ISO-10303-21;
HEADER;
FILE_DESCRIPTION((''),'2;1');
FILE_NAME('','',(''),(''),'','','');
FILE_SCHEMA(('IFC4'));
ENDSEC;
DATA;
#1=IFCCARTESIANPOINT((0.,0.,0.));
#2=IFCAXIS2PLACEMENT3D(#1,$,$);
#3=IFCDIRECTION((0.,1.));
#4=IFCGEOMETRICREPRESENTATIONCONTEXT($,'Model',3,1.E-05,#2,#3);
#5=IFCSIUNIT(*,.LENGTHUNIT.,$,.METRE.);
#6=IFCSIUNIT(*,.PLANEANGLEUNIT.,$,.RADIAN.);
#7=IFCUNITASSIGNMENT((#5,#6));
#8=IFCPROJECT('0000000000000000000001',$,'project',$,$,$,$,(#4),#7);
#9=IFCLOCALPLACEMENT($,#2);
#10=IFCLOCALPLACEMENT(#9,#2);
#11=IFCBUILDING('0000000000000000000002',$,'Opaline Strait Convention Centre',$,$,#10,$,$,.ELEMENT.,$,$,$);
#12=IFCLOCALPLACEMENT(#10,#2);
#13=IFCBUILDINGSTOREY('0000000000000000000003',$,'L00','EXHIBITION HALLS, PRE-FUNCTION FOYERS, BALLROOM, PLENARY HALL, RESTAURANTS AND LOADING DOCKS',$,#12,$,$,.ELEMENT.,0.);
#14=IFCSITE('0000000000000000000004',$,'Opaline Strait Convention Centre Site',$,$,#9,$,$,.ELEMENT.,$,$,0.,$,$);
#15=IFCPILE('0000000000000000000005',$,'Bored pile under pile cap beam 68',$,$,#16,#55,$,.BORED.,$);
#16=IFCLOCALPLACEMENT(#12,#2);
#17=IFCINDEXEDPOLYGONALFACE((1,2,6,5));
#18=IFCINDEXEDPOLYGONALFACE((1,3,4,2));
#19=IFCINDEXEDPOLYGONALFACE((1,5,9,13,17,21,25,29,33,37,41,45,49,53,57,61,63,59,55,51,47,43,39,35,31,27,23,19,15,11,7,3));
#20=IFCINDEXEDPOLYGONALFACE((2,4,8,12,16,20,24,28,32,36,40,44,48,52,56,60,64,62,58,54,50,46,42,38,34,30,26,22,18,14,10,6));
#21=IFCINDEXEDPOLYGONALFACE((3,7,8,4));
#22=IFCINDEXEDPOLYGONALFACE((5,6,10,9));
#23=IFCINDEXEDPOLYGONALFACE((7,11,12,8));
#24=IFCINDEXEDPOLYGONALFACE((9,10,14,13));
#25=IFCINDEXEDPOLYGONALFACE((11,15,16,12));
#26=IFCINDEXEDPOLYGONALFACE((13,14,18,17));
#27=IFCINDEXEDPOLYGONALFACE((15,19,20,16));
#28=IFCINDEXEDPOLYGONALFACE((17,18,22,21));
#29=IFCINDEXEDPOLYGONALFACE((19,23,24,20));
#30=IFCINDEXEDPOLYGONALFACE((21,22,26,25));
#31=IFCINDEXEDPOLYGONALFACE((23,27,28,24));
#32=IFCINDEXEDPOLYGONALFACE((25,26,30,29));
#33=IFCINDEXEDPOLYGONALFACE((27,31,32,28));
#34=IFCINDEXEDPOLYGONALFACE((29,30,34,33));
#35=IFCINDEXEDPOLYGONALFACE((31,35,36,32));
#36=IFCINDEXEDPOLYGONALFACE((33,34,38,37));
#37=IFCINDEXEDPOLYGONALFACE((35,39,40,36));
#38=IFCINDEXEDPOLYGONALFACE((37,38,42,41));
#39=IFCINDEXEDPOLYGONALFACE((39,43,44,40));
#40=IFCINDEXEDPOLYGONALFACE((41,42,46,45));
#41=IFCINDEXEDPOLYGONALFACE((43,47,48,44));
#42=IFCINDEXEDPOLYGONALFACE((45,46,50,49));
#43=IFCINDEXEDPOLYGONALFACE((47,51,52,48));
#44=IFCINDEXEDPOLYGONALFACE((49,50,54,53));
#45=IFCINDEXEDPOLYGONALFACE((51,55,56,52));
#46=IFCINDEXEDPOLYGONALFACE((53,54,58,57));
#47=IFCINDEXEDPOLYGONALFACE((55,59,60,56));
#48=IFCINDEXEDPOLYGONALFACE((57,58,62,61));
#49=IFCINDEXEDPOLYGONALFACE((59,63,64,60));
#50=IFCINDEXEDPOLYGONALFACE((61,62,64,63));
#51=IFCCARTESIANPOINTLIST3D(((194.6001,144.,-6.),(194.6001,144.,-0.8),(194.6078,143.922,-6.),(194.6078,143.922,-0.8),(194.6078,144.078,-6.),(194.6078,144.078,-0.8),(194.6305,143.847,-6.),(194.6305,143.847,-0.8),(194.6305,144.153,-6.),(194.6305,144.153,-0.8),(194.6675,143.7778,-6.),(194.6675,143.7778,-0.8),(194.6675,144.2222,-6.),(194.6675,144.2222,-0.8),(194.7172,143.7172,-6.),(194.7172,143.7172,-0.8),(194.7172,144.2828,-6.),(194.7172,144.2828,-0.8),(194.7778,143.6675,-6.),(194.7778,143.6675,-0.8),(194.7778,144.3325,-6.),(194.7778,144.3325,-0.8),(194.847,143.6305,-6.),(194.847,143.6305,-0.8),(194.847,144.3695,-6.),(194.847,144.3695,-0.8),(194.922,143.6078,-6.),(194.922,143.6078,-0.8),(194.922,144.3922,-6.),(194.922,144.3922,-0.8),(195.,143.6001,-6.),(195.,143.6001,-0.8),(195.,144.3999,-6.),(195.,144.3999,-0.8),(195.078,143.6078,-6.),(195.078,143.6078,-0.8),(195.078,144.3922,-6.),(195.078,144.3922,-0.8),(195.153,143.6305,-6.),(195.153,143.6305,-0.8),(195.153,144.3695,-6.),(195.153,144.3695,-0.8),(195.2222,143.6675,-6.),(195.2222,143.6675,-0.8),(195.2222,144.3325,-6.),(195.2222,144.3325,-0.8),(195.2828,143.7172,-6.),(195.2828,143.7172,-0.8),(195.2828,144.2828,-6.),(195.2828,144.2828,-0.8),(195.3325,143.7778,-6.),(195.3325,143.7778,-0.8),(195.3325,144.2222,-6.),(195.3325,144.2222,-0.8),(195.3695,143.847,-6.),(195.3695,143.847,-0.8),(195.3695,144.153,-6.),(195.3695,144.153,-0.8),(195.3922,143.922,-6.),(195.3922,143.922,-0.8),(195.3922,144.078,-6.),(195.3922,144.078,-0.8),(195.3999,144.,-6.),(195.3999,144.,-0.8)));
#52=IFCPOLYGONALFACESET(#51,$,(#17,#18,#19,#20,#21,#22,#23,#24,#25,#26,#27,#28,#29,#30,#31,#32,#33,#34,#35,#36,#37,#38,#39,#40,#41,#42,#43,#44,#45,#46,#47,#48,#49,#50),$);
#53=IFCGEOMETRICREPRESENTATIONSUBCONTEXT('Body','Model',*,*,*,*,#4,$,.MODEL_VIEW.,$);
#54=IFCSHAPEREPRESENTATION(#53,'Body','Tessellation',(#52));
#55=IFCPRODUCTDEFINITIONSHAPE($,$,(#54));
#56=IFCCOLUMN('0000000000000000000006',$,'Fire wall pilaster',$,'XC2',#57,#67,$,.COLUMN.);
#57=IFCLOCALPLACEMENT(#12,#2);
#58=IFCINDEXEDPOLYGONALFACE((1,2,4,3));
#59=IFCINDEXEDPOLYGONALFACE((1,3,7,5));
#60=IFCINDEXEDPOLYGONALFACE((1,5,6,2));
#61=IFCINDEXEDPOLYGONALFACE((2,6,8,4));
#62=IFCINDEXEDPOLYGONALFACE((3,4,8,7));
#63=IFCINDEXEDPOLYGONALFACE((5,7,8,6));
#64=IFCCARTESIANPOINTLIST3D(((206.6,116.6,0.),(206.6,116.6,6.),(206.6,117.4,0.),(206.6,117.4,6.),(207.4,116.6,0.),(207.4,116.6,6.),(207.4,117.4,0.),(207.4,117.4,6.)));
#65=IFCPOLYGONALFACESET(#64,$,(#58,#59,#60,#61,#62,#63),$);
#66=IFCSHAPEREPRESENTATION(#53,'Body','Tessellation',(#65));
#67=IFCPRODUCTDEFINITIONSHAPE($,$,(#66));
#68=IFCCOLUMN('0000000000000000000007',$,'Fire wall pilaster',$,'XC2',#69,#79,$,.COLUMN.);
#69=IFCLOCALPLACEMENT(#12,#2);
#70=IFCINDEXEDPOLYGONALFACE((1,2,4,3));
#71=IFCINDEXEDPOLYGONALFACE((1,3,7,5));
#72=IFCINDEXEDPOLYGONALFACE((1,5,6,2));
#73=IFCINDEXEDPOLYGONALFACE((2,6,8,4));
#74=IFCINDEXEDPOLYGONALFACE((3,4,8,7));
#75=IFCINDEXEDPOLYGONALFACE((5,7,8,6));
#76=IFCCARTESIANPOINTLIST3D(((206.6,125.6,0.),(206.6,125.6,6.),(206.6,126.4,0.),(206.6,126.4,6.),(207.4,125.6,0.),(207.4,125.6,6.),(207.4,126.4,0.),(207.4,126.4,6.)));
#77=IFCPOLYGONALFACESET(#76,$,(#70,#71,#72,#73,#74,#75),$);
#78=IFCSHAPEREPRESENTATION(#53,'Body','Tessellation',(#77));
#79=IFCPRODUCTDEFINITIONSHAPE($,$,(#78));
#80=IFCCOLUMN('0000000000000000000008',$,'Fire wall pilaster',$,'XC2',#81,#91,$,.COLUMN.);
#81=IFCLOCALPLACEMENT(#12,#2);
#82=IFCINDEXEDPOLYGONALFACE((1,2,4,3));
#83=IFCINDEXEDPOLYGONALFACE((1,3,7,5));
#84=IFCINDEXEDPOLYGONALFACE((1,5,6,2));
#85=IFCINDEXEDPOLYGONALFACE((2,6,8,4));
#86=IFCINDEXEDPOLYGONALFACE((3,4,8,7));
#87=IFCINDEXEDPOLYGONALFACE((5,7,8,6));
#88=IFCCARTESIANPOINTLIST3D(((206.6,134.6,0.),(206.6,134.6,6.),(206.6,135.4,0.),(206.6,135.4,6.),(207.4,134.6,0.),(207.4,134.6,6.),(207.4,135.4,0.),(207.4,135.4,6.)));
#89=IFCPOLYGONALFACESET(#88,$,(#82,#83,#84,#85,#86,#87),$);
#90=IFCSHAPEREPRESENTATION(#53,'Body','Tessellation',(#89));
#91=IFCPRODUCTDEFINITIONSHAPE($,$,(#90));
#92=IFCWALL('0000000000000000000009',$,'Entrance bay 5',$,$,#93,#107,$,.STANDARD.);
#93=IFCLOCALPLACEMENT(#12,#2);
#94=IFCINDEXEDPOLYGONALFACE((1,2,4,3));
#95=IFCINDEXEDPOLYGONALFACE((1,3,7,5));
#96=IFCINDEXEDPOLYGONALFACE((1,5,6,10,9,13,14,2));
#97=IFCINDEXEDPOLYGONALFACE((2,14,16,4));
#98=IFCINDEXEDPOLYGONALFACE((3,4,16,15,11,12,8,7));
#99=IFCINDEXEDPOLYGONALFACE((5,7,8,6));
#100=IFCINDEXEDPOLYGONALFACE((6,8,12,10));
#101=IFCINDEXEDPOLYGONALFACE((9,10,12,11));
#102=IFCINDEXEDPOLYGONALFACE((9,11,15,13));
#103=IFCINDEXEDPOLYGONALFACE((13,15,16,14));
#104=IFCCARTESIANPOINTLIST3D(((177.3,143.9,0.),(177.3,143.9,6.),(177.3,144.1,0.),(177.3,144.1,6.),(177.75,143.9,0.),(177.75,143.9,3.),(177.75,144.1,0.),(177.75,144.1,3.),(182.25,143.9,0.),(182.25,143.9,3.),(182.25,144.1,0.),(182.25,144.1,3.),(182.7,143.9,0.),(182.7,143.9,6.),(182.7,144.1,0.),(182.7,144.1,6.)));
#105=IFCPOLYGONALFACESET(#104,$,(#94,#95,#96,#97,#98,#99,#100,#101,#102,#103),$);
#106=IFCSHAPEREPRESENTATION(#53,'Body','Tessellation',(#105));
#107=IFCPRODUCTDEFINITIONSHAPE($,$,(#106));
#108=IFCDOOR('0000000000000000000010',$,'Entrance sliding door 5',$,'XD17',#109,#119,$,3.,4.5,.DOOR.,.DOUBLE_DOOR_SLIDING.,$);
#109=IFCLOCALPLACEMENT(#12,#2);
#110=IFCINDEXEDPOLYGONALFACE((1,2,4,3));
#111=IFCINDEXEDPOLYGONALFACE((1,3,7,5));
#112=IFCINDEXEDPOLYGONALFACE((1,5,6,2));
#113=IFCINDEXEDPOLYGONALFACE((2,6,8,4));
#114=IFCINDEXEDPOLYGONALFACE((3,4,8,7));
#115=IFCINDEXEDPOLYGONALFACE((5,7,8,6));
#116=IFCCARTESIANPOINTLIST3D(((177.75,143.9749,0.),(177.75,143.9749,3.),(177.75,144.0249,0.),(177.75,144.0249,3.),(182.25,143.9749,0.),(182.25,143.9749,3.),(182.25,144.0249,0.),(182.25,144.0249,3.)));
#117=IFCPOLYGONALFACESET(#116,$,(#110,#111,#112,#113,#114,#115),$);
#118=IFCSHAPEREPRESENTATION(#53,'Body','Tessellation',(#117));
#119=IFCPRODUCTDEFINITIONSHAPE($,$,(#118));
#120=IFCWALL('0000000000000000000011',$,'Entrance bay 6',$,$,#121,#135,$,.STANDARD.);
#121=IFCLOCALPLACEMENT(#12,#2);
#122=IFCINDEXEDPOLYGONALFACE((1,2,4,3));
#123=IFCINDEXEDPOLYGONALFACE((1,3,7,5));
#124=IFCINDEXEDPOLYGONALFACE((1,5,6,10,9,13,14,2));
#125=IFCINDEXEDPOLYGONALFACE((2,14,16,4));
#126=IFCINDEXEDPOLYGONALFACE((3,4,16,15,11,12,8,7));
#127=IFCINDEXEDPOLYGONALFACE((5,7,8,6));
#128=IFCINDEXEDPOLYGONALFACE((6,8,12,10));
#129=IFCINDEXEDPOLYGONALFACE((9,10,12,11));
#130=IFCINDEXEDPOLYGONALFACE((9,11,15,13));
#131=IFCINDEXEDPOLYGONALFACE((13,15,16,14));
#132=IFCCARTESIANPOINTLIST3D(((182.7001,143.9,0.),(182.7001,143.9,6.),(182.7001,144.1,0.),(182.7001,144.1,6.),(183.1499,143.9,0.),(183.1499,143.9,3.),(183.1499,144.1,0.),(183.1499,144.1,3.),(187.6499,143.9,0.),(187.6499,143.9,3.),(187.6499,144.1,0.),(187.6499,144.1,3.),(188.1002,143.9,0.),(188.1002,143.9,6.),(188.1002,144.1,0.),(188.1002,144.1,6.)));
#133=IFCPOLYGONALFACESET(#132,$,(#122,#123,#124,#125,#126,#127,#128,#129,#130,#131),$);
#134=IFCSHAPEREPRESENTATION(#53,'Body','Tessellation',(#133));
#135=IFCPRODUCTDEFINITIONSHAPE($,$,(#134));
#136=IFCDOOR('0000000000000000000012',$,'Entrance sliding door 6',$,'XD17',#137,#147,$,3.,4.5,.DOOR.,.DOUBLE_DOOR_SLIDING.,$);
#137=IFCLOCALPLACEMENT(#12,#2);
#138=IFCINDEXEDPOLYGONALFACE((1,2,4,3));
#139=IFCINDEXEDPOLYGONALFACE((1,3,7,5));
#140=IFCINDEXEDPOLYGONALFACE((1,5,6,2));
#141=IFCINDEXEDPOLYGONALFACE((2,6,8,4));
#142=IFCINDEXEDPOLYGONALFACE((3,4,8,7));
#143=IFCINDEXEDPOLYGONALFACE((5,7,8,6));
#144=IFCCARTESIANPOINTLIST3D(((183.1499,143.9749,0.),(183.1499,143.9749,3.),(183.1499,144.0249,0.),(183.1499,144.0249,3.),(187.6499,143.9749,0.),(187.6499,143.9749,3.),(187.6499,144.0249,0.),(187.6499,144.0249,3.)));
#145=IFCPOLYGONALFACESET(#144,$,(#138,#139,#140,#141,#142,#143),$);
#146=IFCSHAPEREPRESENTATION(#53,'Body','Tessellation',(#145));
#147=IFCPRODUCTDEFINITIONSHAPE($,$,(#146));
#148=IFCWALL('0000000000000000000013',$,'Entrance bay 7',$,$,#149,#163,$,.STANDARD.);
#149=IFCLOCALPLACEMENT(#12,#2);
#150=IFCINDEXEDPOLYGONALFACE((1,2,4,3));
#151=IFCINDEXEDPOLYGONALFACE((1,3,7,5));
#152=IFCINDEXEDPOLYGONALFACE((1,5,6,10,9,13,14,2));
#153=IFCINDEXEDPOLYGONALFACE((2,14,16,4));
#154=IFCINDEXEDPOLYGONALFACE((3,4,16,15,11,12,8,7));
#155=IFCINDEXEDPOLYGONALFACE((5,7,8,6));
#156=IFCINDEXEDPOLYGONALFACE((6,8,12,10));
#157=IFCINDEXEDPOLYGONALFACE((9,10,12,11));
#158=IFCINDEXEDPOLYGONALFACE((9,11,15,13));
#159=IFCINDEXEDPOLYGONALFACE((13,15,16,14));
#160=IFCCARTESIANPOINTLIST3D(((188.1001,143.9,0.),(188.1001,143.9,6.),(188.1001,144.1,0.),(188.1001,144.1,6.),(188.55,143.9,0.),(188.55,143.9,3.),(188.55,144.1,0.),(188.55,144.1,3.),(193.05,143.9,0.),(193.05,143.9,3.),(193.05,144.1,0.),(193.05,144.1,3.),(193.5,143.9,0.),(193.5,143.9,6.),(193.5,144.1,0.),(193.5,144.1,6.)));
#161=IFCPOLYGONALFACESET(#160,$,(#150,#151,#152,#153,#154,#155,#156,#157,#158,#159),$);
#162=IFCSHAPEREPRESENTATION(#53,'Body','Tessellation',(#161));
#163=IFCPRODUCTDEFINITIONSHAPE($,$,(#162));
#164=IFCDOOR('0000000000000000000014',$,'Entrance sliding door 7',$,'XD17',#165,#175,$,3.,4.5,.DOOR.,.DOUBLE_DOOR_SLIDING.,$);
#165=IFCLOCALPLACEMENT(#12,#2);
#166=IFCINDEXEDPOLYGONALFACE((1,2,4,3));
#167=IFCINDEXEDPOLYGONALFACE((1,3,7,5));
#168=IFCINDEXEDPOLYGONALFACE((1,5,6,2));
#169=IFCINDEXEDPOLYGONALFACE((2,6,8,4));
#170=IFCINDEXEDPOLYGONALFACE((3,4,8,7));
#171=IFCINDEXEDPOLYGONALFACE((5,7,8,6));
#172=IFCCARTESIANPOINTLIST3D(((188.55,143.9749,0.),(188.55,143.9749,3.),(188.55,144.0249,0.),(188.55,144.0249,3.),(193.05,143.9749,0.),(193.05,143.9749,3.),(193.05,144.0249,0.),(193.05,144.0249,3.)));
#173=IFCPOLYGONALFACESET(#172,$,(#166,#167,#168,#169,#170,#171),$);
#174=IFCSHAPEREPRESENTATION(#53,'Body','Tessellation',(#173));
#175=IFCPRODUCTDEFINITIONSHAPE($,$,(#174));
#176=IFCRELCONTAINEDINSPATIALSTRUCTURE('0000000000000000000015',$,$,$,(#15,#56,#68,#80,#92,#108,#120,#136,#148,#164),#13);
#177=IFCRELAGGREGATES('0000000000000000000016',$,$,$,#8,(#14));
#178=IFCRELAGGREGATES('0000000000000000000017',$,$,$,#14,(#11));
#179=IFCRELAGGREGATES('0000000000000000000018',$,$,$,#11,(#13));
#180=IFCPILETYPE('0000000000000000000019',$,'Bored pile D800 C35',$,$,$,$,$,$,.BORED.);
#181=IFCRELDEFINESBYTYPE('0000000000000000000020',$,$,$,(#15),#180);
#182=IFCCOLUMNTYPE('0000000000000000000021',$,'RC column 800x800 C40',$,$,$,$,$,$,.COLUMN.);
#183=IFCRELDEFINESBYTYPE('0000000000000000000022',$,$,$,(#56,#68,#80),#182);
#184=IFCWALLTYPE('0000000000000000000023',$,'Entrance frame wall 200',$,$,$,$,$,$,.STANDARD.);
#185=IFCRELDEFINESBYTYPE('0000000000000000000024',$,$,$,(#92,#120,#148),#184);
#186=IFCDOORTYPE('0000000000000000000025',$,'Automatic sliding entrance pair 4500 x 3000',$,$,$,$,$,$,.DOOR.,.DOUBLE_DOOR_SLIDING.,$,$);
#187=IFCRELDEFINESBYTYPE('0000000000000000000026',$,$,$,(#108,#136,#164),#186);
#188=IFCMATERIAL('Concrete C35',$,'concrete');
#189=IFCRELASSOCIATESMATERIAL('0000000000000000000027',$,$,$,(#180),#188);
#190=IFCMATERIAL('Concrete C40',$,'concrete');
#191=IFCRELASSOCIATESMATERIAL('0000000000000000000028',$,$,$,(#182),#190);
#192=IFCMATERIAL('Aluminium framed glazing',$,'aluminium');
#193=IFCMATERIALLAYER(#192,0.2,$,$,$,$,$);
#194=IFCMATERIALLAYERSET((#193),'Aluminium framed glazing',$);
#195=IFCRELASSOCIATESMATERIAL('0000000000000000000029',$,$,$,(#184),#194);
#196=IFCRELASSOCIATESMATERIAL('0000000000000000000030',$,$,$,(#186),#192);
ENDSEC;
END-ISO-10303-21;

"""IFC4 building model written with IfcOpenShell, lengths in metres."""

from ifc_helpers import new_model, si_unit, direction, frame, frame_2d, origin, origin_2d, place, context, subcontext, project, spatial, rectangle, circle, extrude, material, layer, layer_set, material_profile, profile_set, type_object, element, fill, save


model = new_model("IFC4")

# Units and contexts
model_context = context("Model", 3, precision=1e-05, world=origin(), true_north=direction((0.0, 1.0)))
body_context = subcontext(model_context, "Body", "Model", "MODEL_VIEW")
ifc_project = project(units=[si_unit("LENGTHUNIT", "METRE"), si_unit("PLANEANGLEUNIT", "RADIAN")], contexts=[model_context])

# Site, building, storey
site_placement = place(None, origin())
site = spatial("IfcSite", under=ifc_project, at=site_placement, Name="Opaline Strait Convention Centre Site", CompositionType="ELEMENT", RefElevation=0.0)
building_placement = place(site_placement, origin())
building = spatial("IfcBuilding", under=site, at=building_placement, Name="Opaline Strait Convention Centre", CompositionType="ELEMENT")
storey_placement = place(building_placement, origin())
storey = spatial("IfcBuildingStorey", under=building, at=storey_placement, Name="L00", Description="EXHIBITION HALLS, PRE-FUNCTION FOYERS, BALLROOM, PLENARY HALL, RESTAURANTS AND LOADING DOCKS", CompositionType="ELEMENT", Elevation=0.0)

# Pile
ifc_material_1 = material(Name="Concrete C35", Category="concrete")
ifc_material_profile_1 = material_profile(ifc_material_1, circle(Radius=0.3999, at=origin_2d()), Name="D800")
ifc_profile_set_1 = profile_set([ifc_material_profile_1], Name="Concrete C35")
pile_type = type_object("IfcPileType", Name="Bored pile D800 C35", PredefinedType="BORED", material=ifc_profile_set_1)
for number, where, z_axis, x_axis, name in (
    (1, (195.0, 144.0, -0.8), (0.0, 0.0, -1.0), (1.0, 0.0, 0.0), "Bored pile under pile cap beam 68"),
):
    element("IfcPile", number, at=place(storey_placement, frame(where, z_axis=z_axis, x_axis=x_axis)), inside=storey, type_object=pile_type, Name=name, PredefinedType="BORED", context=body_context, shape_type="SweptSolid", body=[
        extrude(circle(Radius=0.3999, at=origin_2d()), origin(), (0.0, 0.0, 1.0), 5.2),
    ])

# Columns
ifc_material_2 = material(Name="Concrete C40", Category="concrete")
ifc_material_profile_2 = material_profile(ifc_material_2, rectangle(XDim=0.8, YDim=0.8, at=origin_2d()), Name="RC 800x800")
ifc_profile_set_2 = profile_set([ifc_material_profile_2], Name="Concrete C40")
column_type = type_object("IfcColumnType", Name="RC column 800x800 C40", PredefinedType="COLUMN", material=ifc_profile_set_2)
for number, where, z_axis, x_axis, name in (
    (2, (207.0, 117.0, 0.0), (0.0, 0.0, 1.0), (1.0, 0.0, 0.0), "Fire wall pilaster"),
    (3, (207.0, 126.0, 0.0), (0.0, 0.0, 1.0), (1.0, 0.0, 0.0), "Fire wall pilaster"),
    (4, (207.0, 135.0, 0.0), (0.0, 0.0, 1.0), (1.0, 0.0, 0.0), "Fire wall pilaster"),
):
    element("IfcColumn", number, at=place(storey_placement, frame(where, z_axis=z_axis, x_axis=x_axis)), inside=storey, type_object=column_type, Name=name, ObjectType="XC2", PredefinedType="COLUMN", context=body_context, shape_type="SweptSolid", body=[
        extrude(rectangle(XDim=0.8, YDim=0.8, at=origin_2d()), origin(), (0.0, 0.0, 1.0), 6.0),
    ])

# Walls, openings, doors
ifc_material_3 = material(Name="Aluminium framed glazing", Category="aluminium")
ifc_layer_1 = layer(ifc_material_3, 0.2)
ifc_layer_set_1 = layer_set([ifc_layer_1], Name="Aluminium framed glazing")
wall_type_1 = type_object("IfcWallType", Name="Entrance frame wall 200", PredefinedType="STANDARD", material=ifc_layer_set_1)
wall_1_placement = place(storey_placement, frame((177.3, 144.0, 0.0), z_axis=(0.0, 0.0, 1.0), x_axis=(1.0, 0.0, 0.0)))
wall_1 = element("IfcWall", 5, at=wall_1_placement, inside=storey, type_object=wall_type_1, Name="Entrance bay 5", PredefinedType="STANDARD", context=body_context, shape_type="SweptSolid", body=[
    extrude(rectangle(XDim=5.3999, YDim=0.2, at=frame_2d((2.7, 0.0))), origin(), (0.0, 0.0, 1.0), 6.0),
])
opening_1_placement = place(wall_1_placement, frame((0.45, 0.0, 0.0)))
opening_1 = element("IfcOpeningElement", 6, at=opening_1_placement, cuts=wall_1, PredefinedType="OPENING", context=body_context, shape_type="SweptSolid", body=[
    extrude(rectangle(XDim=4.5, YDim=3.0, at=frame_2d((2.25, 1.5))), frame((0.0, 0.1099, 0.0), z_axis=(0.0, -1.0, 0.0), x_axis=(1.0, 0.0, 0.0)), (0.0, 0.0, 1.0), 0.22),
])
door_type_1 = type_object("IfcDoorType", Name="Automatic sliding entrance pair 4500 x 3000", OperationType="DOUBLE_DOOR_SLIDING", PredefinedType="DOOR", material=ifc_material_3)
door_1_placement = place(opening_1_placement, origin())
door_1 = element("IfcDoor", 7, at=door_1_placement, inside=storey, type_object=door_type_1, Name="Entrance sliding door 5", ObjectType="XD17", OperationType="DOUBLE_DOOR_SLIDING", OverallHeight=3.0, OverallWidth=4.5, PredefinedType="DOOR", context=body_context, shape_type="SweptSolid", body=[
    extrude(rectangle(XDim=4.5, YDim=3.0, at=frame_2d((2.25, 1.5))), frame((0.0, 0.0249, 0.0), z_axis=(0.0, -1.0, 0.0), x_axis=(1.0, 0.0, 0.0)), (0.0, 0.0, 1.0), 0.05),
])
fill(opening_1, door_1)
wall_2_placement = place(storey_placement, frame((182.7, 144.0, 0.0), z_axis=(0.0, 0.0, 1.0), x_axis=(1.0, 0.0, 0.0)))
wall_2 = element("IfcWall", 8, at=wall_2_placement, inside=storey, type_object=wall_type_1, Name="Entrance bay 6", PredefinedType="STANDARD", context=body_context, shape_type="SweptSolid", body=[
    extrude(rectangle(XDim=5.4001, YDim=0.2, at=frame_2d((2.7002, 0.0))), origin(), (0.0, 0.0, 1.0), 6.0),
])
opening_2_placement = place(wall_2_placement, frame((0.45, 0.0, 0.0)))
opening_2 = element("IfcOpeningElement", 9, at=opening_2_placement, cuts=wall_2, PredefinedType="OPENING", context=body_context, shape_type="SweptSolid", body=[
    extrude(rectangle(XDim=4.5, YDim=3.0, at=frame_2d((2.25, 1.5))), frame((0.0, 0.1099, 0.0), z_axis=(0.0, -1.0, 0.0), x_axis=(1.0, 0.0, 0.0)), (0.0, 0.0, 1.0), 0.22),
])
door_2_placement = place(opening_2_placement, origin())
door_2 = element("IfcDoor", 10, at=door_2_placement, inside=storey, type_object=door_type_1, Name="Entrance sliding door 6", ObjectType="XD17", OperationType="DOUBLE_DOOR_SLIDING", OverallHeight=3.0, OverallWidth=4.5, PredefinedType="DOOR", context=body_context, shape_type="SweptSolid", body=[
    extrude(rectangle(XDim=4.5, YDim=3.0, at=frame_2d((2.25, 1.5))), frame((0.0, 0.0249, 0.0), z_axis=(0.0, -1.0, 0.0), x_axis=(1.0, 0.0, 0.0)), (0.0, 0.0, 1.0), 0.05),
])
fill(opening_2, door_2)
wall_3_placement = place(storey_placement, frame((188.1001, 144.0, 0.0), z_axis=(0.0, 0.0, 1.0), x_axis=(1.0, 0.0, 0.0)))
wall_3 = element("IfcWall", 11, at=wall_3_placement, inside=storey, type_object=wall_type_1, Name="Entrance bay 7", PredefinedType="STANDARD", context=body_context, shape_type="SweptSolid", body=[
    extrude(rectangle(XDim=5.3999, YDim=0.2, at=frame_2d((2.7, 0.0))), origin(), (0.0, 0.0, 1.0), 6.0),
])
opening_3_placement = place(wall_3_placement, frame((0.45, 0.0, 0.0)))
opening_3 = element("IfcOpeningElement", 12, at=opening_3_placement, cuts=wall_3, PredefinedType="OPENING", context=body_context, shape_type="SweptSolid", body=[
    extrude(rectangle(XDim=4.5, YDim=3.0, at=frame_2d((2.25, 1.5))), frame((0.0, 0.1099, 0.0), z_axis=(0.0, -1.0, 0.0), x_axis=(1.0, 0.0, 0.0)), (0.0, 0.0, 1.0), 0.22),
])
door_3_placement = place(opening_3_placement, origin())
door_3 = element("IfcDoor", 13, at=door_3_placement, inside=storey, type_object=door_type_1, Name="Entrance sliding door 7", ObjectType="XD17", OperationType="DOUBLE_DOOR_SLIDING", OverallHeight=3.0, OverallWidth=4.5, PredefinedType="DOOR", context=body_context, shape_type="SweptSolid", body=[
    extrude(rectangle(XDim=4.5, YDim=3.0, at=frame_2d((2.25, 1.5))), frame((0.0, 0.0249, 0.0), z_axis=(0.0, -1.0, 0.0), x_axis=(1.0, 0.0, 0.0)), (0.0, 0.0, 1.0), 0.05),
])
fill(opening_3, door_3)

save(model, "model.ifc")
